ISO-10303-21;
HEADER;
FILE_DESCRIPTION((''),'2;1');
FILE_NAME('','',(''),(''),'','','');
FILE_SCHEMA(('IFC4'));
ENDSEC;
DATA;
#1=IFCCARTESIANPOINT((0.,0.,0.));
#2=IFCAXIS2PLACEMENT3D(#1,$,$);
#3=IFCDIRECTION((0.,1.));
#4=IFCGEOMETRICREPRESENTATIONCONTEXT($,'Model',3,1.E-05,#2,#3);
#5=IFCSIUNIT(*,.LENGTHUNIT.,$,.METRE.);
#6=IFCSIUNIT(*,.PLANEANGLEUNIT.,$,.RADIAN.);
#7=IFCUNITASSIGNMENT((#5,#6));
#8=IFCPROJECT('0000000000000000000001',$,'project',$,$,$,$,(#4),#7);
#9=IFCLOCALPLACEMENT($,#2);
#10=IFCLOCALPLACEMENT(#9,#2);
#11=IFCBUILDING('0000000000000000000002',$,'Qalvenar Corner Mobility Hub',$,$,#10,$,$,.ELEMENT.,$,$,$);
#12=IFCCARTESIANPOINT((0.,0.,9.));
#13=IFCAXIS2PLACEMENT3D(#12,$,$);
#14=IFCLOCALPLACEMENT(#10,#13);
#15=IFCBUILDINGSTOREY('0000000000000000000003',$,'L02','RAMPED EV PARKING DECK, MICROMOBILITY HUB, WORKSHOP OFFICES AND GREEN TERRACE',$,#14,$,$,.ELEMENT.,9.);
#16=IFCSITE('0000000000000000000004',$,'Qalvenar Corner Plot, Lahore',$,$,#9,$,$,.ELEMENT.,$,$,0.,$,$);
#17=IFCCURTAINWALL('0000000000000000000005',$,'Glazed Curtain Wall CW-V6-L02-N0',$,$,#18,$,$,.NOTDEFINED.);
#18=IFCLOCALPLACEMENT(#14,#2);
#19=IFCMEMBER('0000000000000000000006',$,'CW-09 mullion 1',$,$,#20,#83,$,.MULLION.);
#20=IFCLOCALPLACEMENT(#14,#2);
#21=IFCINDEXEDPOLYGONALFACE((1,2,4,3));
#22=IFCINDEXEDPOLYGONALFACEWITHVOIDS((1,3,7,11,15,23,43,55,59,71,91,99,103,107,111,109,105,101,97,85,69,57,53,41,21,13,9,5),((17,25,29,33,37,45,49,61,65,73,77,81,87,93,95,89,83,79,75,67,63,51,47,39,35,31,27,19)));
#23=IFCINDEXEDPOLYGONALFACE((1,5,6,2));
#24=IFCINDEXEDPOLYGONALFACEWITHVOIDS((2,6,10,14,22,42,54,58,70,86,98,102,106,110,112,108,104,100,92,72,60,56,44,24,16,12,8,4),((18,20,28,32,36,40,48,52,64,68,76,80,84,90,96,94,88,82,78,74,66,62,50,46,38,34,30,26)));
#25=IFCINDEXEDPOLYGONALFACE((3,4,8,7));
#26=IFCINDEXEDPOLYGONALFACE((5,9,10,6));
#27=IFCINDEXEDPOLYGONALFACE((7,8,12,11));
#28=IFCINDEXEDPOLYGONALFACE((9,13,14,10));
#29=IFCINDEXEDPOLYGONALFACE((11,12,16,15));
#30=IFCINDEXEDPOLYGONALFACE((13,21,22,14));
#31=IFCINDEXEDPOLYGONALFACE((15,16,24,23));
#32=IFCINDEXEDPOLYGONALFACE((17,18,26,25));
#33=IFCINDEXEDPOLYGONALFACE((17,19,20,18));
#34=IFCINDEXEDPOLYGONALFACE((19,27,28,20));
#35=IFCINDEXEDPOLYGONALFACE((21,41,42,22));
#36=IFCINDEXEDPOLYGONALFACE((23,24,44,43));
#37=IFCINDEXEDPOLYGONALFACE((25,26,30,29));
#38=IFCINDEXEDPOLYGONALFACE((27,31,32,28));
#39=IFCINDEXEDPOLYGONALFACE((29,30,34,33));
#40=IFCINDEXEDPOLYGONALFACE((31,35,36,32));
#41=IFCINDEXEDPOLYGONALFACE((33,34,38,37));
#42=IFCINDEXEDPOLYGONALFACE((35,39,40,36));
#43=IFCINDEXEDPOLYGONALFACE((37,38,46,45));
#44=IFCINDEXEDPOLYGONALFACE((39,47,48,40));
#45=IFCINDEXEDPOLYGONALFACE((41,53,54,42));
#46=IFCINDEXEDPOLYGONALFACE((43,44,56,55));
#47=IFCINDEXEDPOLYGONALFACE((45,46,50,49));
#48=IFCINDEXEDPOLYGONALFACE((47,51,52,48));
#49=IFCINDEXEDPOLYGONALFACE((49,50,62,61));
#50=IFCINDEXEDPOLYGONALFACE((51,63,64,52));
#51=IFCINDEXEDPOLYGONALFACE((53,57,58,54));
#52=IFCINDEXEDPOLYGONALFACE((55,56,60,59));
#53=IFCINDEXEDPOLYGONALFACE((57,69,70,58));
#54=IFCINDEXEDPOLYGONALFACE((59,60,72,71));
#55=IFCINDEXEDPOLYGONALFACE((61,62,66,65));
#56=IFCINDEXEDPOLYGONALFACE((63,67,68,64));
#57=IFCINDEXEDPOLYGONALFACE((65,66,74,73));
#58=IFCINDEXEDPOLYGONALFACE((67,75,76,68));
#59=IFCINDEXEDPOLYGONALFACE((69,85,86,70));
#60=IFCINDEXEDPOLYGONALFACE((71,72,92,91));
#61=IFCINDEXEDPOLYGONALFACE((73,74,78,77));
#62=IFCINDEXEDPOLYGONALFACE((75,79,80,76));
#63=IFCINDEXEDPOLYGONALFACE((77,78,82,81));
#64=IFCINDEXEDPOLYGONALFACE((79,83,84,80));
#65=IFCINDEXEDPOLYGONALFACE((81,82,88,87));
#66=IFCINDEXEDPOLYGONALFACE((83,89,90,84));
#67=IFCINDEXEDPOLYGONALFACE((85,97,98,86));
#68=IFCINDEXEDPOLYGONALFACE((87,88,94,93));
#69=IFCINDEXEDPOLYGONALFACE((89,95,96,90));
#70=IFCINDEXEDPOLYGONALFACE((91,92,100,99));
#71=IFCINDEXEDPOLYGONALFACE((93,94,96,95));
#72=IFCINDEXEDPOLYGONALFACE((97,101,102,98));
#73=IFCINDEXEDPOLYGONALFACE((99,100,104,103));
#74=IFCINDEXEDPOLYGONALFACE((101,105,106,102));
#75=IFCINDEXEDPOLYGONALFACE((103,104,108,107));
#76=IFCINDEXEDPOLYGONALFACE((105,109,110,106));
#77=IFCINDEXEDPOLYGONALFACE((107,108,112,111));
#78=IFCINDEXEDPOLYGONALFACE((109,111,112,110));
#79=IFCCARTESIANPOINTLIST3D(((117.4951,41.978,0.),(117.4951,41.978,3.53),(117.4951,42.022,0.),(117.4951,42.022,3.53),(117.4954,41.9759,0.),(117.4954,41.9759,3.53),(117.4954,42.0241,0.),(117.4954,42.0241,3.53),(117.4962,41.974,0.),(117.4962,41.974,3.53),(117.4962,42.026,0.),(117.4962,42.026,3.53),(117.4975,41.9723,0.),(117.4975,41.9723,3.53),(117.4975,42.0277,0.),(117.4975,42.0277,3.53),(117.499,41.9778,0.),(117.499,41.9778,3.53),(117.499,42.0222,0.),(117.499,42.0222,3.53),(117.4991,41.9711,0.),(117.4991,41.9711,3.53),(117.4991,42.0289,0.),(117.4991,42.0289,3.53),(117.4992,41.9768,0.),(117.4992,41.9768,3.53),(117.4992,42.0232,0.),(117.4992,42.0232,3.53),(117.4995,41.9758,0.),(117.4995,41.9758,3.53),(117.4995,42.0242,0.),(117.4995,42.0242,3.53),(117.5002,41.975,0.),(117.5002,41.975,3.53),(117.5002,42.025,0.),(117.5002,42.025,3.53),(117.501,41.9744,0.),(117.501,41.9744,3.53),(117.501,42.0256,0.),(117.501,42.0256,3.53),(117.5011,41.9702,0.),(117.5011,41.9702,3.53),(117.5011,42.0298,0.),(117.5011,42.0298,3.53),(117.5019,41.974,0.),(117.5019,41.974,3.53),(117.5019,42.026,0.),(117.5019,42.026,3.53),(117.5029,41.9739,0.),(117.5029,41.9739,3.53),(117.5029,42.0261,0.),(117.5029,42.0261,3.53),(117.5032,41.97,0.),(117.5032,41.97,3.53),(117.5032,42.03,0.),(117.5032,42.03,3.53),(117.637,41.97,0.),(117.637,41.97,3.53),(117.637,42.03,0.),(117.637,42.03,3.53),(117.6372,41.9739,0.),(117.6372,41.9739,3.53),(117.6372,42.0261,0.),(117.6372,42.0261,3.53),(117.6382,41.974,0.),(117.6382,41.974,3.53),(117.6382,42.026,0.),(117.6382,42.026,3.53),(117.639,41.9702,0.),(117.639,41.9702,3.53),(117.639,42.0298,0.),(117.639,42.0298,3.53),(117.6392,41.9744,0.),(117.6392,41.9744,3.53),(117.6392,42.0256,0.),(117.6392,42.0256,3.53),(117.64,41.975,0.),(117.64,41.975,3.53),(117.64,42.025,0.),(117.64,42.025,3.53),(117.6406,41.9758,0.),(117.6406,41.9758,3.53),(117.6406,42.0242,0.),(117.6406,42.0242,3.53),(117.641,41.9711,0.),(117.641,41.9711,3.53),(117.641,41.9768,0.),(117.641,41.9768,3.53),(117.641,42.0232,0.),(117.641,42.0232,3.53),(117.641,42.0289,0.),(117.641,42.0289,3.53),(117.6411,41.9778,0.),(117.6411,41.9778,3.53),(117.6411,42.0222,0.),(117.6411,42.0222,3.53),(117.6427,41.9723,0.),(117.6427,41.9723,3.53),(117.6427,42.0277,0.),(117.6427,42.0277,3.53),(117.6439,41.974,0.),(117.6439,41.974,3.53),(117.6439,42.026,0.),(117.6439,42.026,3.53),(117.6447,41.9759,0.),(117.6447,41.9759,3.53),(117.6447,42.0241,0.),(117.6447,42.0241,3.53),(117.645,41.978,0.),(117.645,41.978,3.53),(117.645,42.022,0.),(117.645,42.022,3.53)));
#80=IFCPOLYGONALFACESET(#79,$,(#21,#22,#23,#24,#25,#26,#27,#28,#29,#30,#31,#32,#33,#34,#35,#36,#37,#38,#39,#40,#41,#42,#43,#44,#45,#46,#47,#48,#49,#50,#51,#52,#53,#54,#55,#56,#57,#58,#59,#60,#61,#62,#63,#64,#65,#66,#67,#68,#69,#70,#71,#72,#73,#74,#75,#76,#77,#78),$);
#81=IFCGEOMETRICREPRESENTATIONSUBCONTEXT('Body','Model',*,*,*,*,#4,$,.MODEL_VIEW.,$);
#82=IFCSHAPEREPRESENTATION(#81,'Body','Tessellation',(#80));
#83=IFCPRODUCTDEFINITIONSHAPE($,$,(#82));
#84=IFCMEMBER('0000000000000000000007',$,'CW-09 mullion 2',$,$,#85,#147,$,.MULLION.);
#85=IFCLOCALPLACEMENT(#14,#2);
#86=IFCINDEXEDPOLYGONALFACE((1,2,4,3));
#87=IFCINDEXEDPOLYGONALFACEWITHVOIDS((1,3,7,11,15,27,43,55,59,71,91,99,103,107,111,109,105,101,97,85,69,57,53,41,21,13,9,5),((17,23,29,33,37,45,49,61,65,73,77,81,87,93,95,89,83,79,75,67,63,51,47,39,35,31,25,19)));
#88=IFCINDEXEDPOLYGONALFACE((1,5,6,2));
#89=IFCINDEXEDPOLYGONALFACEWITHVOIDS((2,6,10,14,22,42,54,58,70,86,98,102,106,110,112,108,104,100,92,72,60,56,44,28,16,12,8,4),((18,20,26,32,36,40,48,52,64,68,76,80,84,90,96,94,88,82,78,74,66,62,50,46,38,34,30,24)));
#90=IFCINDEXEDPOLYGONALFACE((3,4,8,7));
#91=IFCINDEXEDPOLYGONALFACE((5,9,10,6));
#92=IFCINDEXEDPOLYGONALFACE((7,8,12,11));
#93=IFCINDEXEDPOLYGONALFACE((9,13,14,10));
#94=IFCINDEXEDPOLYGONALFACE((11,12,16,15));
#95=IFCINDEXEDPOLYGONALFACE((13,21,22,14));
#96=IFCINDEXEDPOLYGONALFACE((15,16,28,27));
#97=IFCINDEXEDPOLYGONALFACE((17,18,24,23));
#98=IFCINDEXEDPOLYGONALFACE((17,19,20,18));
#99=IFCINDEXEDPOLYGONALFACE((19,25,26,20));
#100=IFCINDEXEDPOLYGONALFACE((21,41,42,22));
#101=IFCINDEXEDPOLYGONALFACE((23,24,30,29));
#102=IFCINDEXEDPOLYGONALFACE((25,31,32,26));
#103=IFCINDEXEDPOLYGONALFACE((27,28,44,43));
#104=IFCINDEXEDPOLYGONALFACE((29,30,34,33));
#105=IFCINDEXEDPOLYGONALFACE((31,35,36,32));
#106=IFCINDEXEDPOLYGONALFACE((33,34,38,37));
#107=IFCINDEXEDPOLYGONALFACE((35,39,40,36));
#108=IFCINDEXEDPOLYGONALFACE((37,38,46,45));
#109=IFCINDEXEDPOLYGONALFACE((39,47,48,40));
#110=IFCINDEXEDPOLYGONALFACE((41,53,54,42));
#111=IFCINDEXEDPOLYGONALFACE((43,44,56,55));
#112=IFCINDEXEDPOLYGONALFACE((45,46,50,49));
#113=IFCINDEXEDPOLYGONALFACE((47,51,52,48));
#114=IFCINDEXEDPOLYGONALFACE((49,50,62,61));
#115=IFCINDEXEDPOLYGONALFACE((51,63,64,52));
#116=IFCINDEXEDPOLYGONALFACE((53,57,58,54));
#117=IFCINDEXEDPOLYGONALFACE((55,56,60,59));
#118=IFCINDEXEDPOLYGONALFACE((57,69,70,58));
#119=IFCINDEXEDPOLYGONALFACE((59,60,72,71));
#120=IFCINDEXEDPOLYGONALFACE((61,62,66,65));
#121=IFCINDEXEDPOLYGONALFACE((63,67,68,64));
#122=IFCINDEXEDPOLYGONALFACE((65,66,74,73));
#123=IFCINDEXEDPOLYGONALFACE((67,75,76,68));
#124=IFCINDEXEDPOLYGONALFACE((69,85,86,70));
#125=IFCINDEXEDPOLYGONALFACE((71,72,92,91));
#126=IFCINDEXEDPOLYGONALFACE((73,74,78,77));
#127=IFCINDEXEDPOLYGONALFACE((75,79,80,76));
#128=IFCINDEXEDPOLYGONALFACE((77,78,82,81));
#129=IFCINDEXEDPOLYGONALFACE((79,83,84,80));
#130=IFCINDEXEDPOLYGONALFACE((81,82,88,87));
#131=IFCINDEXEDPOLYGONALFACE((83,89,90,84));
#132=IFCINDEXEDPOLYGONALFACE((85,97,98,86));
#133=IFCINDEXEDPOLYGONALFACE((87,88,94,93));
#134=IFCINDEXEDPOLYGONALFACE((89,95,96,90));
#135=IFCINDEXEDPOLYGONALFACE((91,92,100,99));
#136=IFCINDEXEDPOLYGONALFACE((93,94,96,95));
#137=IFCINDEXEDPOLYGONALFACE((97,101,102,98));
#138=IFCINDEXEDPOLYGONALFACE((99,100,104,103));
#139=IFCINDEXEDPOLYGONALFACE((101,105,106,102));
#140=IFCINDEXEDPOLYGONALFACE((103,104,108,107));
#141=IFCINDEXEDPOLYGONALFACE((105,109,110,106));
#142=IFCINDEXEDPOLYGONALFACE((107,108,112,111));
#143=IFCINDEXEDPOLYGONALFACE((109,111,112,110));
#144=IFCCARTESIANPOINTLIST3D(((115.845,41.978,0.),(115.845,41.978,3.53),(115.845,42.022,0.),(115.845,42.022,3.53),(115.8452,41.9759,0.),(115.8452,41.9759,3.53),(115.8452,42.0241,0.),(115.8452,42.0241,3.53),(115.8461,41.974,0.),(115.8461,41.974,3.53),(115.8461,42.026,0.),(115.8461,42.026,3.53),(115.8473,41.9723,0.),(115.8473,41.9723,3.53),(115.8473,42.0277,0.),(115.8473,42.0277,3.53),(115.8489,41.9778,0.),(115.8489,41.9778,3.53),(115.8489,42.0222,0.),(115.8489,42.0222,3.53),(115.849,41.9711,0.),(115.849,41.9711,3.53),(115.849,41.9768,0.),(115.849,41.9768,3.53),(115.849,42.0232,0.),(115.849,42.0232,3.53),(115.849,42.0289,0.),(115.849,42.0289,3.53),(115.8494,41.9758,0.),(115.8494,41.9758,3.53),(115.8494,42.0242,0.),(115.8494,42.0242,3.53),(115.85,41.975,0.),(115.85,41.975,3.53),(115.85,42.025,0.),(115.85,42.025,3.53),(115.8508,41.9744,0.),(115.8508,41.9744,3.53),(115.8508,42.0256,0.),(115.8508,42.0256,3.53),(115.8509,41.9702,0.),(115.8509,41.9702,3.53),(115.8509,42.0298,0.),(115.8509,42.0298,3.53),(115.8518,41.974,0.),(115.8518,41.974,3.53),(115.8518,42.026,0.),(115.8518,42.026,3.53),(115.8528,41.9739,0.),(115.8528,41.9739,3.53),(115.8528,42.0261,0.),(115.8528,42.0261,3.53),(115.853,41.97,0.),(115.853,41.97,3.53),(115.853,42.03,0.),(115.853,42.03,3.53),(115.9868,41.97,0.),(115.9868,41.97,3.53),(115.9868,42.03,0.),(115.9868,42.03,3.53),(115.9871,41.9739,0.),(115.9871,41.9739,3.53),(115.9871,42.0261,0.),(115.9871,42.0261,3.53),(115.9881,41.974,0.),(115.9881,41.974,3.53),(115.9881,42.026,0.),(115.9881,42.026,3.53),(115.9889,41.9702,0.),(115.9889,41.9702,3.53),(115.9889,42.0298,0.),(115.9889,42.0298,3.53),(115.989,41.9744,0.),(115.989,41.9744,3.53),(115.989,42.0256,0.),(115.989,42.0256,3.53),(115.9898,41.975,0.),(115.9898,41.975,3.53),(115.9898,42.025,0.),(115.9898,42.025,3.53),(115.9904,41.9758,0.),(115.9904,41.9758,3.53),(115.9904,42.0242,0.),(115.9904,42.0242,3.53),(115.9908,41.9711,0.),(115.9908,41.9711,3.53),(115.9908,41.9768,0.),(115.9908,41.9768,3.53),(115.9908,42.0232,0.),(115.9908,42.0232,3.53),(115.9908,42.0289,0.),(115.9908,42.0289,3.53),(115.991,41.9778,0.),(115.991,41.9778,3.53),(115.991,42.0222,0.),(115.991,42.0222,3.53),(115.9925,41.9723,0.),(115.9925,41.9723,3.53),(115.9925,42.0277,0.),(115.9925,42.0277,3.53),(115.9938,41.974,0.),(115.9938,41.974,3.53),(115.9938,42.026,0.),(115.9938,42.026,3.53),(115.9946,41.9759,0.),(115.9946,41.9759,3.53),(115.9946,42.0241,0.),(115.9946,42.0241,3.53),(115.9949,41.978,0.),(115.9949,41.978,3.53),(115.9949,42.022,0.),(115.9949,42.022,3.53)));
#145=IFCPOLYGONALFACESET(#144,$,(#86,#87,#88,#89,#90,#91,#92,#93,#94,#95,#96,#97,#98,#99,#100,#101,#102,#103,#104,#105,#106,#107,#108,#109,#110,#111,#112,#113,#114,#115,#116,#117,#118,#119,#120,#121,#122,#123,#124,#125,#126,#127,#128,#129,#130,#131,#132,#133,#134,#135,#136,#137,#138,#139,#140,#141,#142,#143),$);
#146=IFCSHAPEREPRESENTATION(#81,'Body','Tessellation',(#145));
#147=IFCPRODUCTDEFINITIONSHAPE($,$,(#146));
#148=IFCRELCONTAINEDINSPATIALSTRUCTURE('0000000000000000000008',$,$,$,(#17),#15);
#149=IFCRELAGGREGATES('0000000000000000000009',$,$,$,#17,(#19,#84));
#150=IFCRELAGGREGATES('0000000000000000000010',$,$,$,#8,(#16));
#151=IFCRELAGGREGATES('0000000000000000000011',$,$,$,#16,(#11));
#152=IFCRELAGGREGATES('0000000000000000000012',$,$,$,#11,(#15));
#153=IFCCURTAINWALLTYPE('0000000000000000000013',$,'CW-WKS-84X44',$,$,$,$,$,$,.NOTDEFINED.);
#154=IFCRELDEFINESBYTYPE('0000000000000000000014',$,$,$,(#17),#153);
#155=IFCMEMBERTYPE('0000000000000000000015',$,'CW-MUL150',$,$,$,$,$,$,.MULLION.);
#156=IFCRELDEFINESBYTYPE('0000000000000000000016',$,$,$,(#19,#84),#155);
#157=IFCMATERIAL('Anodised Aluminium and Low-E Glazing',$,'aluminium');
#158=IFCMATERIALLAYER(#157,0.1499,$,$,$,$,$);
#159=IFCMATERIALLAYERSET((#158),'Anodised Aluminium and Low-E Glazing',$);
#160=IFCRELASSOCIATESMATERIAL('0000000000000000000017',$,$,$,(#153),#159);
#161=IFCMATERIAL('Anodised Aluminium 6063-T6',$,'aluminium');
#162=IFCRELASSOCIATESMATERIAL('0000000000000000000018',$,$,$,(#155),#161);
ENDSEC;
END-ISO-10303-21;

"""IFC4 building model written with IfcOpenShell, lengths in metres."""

from ifc_helpers import new_model, si_unit, direction, frame, origin, origin_2d, place, context, subcontext, project, spatial, hollow_rectangle, extrude, material, layer, layer_set, material_profile, profile_set, type_object, element, aggregate, save


model = new_model("IFC4")

# Units and contexts
model_context = context("Model", 3, precision=1e-05, world=origin(), true_north=direction((0.0, 1.0)))
body_context = subcontext(model_context, "Body", "Model", "MODEL_VIEW")
ifc_project = project(units=[si_unit("LENGTHUNIT", "METRE"), si_unit("PLANEANGLEUNIT", "RADIAN")], contexts=[model_context])

# Site, building, storey
site_placement = place(None, origin())
site = spatial("IfcSite", under=ifc_project, at=site_placement, Name="Qalvenar Corner Plot, Lahore", CompositionType="ELEMENT", RefElevation=0.0)
building_placement = place(site_placement, origin())
building = spatial("IfcBuilding", under=site, at=building_placement, Name="Qalvenar Corner Mobility Hub", CompositionType="ELEMENT")
storey_placement = place(building_placement, frame((0.0, 0.0, 9.0)))
storey = spatial("IfcBuildingStorey", under=building, at=storey_placement, Name="L02", Description="RAMPED EV PARKING DECK, MICROMOBILITY HUB, WORKSHOP OFFICES AND GREEN TERRACE", CompositionType="ELEMENT", Elevation=9.0)

# Curtain wall, members
ifc_material_1 = material(Name="Anodised Aluminium and Low-E Glazing", Category="aluminium")
ifc_layer_1 = layer(ifc_material_1, 0.1499)
ifc_layer_set_1 = layer_set([ifc_layer_1], Name="Anodised Aluminium and Low-E Glazing")
curtain_wall_type = type_object("IfcCurtainWallType", Name="CW-WKS-84X44", PredefinedType="NOTDEFINED", material=ifc_layer_set_1)
curtain_wall_1_placement = place(storey_placement, origin())
curtain_wall_1 = element("IfcCurtainWall", 1, at=curtain_wall_1_placement, inside=storey, type_object=curtain_wall_type, Name="Glazed Curtain Wall CW-V6-L02-N0", PredefinedType="NOTDEFINED")
ifc_material_2 = material(Name="Anodised Aluminium 6063-T6", Category="aluminium")
ifc_material_profile_1 = material_profile(ifc_material_2, hollow_rectangle(XDim=0.0601, YDim=0.1499, WallThickness=0.0039, InnerFilletRadius=0.0039, OuterFilletRadius=0.0081, at=origin_2d()), Name="RHS150x60x4")
ifc_profile_set_1 = profile_set([ifc_material_profile_1], Name="Anodised Aluminium 6063-T6")
member_type_1 = type_object("IfcMemberType", Name="CW-MUL150", PredefinedType="MULLION", material=ifc_profile_set_1)
member_1_placement = place(storey_placement, frame((117.5701, 42.0, 0.0), z_axis=(0.0, 0.0, 1.0), x_axis=(0.0, -1.0, 0.0)))
member_1 = element("IfcMember", 2, at=member_1_placement, type_object=member_type_1, Name="CW-09 mullion 1", PredefinedType="MULLION", context=body_context, shape_type="SweptSolid", body=[
    extrude(hollow_rectangle(XDim=0.0601, YDim=0.1499, WallThickness=0.0039, InnerFilletRadius=0.0039, OuterFilletRadius=0.0081, at=origin_2d()), origin(), (0.0, 0.0, 1.0), 3.53),
])
member_2_placement = place(storey_placement, frame((115.9199, 42.0, 0.0), z_axis=(0.0, 0.0, 1.0), x_axis=(0.0, -1.0, 0.0)))
member_2 = element("IfcMember", 3, at=member_2_placement, type_object=member_type_1, Name="CW-09 mullion 2", PredefinedType="MULLION", context=body_context, shape_type="SweptSolid", body=[
    extrude(hollow_rectangle(XDim=0.0601, YDim=0.1499, WallThickness=0.0039, InnerFilletRadius=0.0039, OuterFilletRadius=0.0081, at=origin_2d()), origin(), (0.0, 0.0, 1.0), 3.53),
])

aggregate(curtain_wall_1, [member_1, member_2])

save(model, "model.ifc")
